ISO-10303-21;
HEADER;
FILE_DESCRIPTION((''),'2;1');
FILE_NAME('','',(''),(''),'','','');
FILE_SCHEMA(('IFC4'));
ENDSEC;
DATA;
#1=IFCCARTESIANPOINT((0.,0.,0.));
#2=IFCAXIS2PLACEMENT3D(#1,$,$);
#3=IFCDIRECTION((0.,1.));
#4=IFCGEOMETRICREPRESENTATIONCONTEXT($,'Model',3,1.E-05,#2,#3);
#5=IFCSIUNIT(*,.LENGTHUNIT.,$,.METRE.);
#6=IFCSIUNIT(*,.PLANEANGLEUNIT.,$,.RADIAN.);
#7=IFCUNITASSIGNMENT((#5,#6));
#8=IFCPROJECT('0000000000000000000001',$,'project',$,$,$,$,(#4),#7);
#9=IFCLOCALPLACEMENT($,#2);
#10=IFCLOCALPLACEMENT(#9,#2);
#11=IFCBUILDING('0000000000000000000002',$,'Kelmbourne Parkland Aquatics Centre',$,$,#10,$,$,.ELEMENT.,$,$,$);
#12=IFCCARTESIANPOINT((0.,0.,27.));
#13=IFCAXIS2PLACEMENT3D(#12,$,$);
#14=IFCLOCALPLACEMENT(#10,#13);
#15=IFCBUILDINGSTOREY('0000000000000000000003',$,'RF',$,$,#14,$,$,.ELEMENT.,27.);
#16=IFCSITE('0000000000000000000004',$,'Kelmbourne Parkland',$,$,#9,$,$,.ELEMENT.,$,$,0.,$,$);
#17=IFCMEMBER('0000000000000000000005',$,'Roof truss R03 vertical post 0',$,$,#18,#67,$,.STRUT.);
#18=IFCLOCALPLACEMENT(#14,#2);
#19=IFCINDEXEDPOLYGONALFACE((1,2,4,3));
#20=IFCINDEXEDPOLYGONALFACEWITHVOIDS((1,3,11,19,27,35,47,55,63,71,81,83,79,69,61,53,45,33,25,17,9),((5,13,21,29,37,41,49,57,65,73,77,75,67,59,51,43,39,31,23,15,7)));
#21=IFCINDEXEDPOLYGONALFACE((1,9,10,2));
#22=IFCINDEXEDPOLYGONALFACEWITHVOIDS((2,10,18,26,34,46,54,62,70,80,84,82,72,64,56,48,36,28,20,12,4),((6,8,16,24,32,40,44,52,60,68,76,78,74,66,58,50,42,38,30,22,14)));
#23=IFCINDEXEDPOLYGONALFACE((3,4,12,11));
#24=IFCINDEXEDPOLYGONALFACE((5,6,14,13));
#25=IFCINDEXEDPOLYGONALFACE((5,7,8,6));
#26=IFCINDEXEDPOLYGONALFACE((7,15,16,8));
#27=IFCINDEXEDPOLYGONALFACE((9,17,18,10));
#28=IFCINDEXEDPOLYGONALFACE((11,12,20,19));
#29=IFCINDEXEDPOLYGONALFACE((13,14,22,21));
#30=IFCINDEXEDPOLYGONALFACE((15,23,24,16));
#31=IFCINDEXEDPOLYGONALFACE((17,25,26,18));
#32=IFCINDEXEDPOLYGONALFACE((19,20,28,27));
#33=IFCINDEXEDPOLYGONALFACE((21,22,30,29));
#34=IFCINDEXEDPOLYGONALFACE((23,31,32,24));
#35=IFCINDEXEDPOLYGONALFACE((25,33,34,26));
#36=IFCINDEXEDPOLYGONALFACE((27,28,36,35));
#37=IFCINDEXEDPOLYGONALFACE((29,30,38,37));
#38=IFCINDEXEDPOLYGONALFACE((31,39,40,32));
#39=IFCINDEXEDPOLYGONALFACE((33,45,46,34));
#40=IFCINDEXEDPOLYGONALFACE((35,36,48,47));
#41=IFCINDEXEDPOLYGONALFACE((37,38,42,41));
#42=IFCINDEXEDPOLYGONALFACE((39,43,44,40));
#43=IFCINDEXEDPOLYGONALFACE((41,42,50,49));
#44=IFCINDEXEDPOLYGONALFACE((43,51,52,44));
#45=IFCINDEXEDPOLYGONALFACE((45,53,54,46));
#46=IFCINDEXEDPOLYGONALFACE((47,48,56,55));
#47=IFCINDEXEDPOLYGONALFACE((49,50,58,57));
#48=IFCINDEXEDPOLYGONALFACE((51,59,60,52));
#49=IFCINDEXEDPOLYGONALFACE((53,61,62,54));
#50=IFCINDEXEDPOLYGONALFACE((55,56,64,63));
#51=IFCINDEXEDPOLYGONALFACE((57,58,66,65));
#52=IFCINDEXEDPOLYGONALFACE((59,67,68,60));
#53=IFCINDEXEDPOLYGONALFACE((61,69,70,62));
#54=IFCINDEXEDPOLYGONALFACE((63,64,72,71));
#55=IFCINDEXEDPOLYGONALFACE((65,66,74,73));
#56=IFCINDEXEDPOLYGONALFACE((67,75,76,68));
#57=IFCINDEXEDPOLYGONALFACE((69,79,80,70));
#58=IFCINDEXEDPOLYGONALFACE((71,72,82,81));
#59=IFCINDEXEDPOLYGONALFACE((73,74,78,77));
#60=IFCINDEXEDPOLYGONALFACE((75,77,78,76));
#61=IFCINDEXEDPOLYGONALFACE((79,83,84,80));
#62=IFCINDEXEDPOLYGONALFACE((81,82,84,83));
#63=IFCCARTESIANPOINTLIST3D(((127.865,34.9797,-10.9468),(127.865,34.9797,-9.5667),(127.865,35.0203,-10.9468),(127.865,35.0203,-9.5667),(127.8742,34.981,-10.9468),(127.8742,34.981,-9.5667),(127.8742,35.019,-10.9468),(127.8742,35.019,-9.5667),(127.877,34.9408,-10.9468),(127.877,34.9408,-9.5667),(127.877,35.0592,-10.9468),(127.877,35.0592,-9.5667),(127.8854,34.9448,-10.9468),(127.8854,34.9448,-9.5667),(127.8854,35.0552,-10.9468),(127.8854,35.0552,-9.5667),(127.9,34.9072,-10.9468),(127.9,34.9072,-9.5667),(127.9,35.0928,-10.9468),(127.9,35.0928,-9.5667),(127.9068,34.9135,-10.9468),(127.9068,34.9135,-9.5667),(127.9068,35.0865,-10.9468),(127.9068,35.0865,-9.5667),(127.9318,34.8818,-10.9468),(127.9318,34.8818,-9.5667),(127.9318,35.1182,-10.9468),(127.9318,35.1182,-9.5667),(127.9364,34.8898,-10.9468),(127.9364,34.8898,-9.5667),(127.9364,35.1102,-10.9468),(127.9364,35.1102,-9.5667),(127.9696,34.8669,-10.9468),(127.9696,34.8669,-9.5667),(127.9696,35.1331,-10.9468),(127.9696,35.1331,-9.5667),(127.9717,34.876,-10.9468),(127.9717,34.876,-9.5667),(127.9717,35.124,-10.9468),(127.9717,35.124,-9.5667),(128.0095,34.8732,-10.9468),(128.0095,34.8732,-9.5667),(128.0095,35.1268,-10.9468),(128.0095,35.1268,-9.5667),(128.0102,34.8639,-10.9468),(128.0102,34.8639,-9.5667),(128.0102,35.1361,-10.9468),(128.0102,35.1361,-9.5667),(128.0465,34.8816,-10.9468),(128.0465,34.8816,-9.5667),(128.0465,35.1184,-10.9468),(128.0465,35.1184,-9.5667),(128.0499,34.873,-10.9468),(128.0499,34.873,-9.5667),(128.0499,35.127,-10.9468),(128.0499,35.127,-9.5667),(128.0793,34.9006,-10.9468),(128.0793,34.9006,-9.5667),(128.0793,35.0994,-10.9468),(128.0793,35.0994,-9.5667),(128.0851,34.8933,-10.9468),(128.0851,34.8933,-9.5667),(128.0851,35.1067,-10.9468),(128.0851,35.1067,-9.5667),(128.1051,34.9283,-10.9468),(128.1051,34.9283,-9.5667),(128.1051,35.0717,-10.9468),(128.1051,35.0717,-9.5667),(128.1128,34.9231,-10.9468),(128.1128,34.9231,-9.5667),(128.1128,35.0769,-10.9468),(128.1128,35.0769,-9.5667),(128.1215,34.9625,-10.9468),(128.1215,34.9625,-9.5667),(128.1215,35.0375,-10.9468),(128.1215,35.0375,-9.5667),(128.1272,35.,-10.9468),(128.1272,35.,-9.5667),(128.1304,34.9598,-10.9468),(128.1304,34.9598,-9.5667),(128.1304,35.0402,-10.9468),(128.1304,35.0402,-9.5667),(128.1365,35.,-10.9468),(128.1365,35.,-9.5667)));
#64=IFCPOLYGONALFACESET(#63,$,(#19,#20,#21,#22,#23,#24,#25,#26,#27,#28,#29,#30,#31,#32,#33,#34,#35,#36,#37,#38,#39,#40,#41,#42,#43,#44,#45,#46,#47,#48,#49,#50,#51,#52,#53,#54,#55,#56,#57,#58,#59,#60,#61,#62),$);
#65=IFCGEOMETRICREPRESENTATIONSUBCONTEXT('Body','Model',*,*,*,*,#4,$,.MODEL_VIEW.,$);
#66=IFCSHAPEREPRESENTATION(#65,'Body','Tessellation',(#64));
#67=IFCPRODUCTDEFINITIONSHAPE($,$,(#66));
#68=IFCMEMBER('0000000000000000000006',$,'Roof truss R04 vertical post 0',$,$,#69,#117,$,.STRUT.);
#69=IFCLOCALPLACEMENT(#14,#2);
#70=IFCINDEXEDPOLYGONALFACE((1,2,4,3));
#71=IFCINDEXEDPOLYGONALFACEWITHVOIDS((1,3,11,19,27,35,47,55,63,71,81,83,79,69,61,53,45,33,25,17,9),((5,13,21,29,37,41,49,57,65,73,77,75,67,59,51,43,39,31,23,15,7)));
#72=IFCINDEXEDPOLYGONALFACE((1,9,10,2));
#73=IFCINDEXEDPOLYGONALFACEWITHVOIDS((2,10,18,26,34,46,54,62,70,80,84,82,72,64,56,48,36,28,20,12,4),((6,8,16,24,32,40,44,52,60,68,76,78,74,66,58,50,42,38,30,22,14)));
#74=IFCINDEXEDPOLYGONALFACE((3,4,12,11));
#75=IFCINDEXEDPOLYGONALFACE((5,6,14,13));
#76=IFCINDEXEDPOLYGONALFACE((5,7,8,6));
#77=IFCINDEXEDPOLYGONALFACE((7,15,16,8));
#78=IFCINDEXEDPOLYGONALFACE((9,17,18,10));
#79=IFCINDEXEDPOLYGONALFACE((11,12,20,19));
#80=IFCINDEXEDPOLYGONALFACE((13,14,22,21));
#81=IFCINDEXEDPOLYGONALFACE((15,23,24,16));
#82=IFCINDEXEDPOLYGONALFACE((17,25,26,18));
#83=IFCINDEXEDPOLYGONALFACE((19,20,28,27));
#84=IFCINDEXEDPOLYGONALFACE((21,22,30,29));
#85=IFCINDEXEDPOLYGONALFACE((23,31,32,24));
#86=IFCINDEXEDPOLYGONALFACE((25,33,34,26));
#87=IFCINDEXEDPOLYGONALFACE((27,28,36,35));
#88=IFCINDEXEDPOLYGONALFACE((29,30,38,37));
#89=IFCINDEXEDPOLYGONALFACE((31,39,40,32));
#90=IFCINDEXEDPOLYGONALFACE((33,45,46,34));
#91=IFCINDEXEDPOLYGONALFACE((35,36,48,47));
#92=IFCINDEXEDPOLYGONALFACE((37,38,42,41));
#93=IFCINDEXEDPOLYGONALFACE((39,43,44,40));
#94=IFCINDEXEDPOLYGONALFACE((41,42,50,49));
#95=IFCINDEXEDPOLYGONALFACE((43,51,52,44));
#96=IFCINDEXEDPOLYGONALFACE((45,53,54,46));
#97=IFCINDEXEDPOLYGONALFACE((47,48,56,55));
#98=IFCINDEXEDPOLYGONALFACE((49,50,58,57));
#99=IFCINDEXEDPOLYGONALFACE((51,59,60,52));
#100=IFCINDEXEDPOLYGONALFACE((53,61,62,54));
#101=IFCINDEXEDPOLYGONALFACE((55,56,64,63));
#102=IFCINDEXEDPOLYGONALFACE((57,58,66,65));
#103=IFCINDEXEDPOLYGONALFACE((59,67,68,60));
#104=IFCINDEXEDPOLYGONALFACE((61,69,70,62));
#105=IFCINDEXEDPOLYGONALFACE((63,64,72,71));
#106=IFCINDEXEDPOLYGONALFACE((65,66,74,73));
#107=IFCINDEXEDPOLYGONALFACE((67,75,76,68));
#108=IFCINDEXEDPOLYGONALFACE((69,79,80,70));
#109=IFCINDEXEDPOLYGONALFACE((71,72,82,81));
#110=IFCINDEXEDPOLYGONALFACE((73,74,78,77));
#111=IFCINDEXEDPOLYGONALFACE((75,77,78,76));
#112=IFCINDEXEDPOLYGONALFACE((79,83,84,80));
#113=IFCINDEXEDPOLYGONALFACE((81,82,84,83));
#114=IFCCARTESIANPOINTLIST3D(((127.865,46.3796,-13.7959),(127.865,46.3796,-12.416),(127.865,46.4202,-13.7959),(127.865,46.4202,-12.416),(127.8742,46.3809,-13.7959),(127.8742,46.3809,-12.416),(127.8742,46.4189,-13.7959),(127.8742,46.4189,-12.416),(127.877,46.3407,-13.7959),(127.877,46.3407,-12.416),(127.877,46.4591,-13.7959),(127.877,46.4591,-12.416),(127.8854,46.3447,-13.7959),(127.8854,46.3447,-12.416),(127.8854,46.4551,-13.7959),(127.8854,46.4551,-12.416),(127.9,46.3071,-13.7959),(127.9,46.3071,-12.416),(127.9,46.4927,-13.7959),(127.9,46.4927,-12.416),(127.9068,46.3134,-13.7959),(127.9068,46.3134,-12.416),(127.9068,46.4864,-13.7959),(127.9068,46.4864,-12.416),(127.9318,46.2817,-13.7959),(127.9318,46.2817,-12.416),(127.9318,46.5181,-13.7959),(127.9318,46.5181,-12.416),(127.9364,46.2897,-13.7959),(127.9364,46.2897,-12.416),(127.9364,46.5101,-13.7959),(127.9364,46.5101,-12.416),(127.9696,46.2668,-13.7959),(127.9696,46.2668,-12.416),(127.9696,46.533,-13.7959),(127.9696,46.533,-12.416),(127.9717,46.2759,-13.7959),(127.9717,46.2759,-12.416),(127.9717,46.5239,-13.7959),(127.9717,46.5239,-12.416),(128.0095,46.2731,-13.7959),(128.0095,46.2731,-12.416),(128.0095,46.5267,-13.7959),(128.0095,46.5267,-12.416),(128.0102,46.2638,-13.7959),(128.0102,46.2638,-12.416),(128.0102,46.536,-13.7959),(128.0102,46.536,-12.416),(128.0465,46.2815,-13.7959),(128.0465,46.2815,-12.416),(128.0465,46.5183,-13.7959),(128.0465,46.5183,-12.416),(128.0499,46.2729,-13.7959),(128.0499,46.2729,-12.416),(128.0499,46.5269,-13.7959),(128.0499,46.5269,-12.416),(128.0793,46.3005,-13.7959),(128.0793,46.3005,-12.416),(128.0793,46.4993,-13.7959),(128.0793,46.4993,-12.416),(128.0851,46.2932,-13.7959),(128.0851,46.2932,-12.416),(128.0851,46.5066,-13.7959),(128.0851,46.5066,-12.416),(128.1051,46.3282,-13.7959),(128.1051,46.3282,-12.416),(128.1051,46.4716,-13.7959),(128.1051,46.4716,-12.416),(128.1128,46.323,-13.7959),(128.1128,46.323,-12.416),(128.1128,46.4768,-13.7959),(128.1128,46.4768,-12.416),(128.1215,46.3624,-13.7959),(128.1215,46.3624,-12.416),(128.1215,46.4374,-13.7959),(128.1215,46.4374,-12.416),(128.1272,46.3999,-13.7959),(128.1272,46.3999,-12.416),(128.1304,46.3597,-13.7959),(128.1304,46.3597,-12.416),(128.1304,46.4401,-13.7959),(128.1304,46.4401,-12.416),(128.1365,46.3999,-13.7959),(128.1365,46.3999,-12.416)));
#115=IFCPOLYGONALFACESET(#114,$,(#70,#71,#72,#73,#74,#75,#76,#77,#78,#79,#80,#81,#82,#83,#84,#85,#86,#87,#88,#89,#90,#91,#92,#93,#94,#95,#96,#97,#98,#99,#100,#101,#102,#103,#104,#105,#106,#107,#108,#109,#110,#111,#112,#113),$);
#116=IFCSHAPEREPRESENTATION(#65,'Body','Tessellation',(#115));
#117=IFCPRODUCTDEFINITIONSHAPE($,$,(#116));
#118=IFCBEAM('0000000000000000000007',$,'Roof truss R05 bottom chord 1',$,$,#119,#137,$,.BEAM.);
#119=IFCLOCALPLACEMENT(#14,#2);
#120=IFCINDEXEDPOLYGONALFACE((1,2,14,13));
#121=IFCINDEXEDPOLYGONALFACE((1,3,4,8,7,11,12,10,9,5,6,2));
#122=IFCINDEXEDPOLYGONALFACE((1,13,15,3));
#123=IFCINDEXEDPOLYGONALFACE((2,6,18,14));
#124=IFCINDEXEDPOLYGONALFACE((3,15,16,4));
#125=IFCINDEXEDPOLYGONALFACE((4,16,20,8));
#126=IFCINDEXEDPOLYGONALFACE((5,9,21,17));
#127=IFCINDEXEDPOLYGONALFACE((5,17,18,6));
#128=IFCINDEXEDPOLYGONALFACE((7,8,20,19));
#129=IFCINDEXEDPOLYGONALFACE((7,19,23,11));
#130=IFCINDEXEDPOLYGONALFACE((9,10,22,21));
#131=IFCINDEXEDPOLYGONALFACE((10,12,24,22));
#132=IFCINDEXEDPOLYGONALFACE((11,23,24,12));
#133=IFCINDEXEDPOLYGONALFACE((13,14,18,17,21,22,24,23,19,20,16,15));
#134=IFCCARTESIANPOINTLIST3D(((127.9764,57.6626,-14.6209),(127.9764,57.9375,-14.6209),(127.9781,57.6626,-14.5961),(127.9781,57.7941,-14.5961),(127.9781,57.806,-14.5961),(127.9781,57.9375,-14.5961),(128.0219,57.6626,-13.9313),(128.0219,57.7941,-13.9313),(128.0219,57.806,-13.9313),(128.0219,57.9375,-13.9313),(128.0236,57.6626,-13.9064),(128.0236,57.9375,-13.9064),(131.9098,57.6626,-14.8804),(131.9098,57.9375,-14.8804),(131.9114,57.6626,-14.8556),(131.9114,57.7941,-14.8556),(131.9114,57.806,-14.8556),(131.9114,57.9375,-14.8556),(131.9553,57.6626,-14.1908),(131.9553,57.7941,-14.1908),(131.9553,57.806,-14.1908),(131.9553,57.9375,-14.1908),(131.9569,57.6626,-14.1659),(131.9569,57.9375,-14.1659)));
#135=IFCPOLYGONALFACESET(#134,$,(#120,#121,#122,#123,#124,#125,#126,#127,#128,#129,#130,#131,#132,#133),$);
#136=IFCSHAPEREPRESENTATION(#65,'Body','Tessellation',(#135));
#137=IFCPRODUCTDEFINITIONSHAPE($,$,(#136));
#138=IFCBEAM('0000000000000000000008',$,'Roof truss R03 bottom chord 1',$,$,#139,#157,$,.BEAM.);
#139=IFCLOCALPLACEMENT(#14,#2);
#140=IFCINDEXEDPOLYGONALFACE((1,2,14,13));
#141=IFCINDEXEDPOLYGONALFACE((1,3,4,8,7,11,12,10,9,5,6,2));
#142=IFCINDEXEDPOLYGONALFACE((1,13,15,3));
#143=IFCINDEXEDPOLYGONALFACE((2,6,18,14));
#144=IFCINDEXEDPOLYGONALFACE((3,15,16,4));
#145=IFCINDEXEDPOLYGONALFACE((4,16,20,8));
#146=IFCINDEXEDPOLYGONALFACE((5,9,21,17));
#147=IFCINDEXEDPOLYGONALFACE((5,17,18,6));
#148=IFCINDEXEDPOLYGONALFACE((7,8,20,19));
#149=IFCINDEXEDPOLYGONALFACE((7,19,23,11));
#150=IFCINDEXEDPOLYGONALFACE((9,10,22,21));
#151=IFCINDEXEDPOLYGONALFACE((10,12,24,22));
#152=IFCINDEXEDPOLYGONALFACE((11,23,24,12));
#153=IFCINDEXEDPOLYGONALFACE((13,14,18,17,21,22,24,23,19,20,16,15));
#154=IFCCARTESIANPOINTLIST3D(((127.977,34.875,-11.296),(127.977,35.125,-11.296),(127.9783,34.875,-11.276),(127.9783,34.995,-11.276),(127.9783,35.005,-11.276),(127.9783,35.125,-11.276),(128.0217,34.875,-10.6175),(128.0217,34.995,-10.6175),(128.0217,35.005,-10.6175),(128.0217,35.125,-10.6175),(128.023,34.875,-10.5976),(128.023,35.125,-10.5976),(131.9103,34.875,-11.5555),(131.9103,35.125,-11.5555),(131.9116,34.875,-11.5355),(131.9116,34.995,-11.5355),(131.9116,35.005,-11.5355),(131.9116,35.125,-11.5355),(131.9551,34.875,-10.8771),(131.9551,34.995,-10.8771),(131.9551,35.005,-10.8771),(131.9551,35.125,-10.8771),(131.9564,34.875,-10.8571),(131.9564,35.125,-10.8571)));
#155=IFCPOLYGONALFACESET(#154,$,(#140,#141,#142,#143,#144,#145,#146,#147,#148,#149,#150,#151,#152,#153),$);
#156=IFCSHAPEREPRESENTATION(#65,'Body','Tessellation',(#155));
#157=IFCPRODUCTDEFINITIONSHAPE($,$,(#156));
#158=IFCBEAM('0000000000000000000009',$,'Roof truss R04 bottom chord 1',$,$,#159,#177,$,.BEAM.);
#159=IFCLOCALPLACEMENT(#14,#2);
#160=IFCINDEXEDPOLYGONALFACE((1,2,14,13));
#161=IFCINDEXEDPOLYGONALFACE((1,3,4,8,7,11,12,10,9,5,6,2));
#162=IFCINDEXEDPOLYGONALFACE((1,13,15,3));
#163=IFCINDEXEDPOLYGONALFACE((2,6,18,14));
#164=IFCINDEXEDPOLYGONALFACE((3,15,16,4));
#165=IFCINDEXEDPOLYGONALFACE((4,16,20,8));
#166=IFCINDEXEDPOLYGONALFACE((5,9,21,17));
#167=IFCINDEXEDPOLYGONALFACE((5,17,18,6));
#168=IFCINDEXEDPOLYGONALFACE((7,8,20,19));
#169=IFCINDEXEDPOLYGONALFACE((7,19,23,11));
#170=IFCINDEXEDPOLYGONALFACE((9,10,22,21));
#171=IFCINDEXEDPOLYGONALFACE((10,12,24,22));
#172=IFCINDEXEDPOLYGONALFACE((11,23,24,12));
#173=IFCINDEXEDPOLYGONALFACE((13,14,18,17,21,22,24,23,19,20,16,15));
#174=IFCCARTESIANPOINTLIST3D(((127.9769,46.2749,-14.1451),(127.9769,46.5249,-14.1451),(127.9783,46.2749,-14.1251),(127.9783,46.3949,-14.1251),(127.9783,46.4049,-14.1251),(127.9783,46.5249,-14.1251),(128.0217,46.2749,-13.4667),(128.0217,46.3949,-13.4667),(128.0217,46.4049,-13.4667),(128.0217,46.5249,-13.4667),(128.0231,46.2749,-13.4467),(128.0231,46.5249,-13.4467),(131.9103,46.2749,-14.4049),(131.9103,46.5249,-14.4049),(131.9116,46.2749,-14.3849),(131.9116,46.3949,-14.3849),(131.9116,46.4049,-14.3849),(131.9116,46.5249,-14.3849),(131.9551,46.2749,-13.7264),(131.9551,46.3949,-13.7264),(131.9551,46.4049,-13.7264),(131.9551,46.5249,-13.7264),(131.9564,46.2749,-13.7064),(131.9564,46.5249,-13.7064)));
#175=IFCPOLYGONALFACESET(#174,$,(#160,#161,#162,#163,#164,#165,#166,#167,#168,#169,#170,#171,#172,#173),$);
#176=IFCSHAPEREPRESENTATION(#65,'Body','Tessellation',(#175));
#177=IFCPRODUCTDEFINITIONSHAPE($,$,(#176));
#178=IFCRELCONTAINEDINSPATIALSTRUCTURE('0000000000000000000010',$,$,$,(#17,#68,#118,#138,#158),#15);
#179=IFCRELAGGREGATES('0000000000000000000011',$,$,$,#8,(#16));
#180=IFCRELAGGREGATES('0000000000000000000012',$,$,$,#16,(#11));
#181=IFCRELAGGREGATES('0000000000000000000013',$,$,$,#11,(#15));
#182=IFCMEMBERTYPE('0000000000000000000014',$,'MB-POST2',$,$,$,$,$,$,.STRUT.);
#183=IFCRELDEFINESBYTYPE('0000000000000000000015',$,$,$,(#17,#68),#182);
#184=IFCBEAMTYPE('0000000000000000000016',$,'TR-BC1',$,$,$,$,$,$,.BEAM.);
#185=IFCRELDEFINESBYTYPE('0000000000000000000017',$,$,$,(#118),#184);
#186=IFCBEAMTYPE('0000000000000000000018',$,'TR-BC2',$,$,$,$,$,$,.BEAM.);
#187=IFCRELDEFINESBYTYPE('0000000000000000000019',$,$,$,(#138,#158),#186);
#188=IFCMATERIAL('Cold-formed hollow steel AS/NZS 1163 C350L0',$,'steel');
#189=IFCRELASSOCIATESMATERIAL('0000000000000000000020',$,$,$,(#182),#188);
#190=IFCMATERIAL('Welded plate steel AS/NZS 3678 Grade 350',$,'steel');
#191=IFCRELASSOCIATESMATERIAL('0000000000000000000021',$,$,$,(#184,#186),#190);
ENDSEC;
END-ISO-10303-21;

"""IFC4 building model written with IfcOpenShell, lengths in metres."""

from ifc_helpers import new_model, si_unit, direction, frame, origin, origin_2d, place, context, subcontext, project, spatial, hollow_circle, i_section, extrude, material, material_profile, profile_set, type_object, element, save


model = new_model("IFC4")

# Units and contexts
model_context = context("Model", 3, precision=1e-05, world=origin(), true_north=direction((0.0, 1.0)))
body_context = subcontext(model_context, "Body", "Model", "MODEL_VIEW")
ifc_project = project(units=[si_unit("LENGTHUNIT", "METRE"), si_unit("PLANEANGLEUNIT", "RADIAN")], contexts=[model_context])

# Site, building, storey
site_placement = place(None, origin())
site = spatial("IfcSite", under=ifc_project, at=site_placement, Name="Kelmbourne Parkland", CompositionType="ELEMENT", RefElevation=0.0)
building_placement = place(site_placement, origin())
building = spatial("IfcBuilding", under=site, at=building_placement, Name="Kelmbourne Parkland Aquatics Centre", CompositionType="ELEMENT")
storey_placement = place(building_placement, frame((0.0, 0.0, 27.0)))
storey = spatial("IfcBuildingStorey", under=building, at=storey_placement, Name="RF", CompositionType="ELEMENT", Elevation=27.0)

# Members
ifc_material_1 = material(Name="Cold-formed hollow steel AS/NZS 1163 C350L0", Category="steel")
ifc_material_profile_1 = material_profile(ifc_material_1, hollow_circle(Radius=0.1365, WallThickness=0.0093, at=origin_2d()), Name="CHS 273.1x9.3")
ifc_profile_set_1 = profile_set([ifc_material_profile_1], Name="Cold-formed hollow steel AS/NZS 1163 C350L0")
member_type_1 = type_object("IfcMemberType", Name="MB-POST2", PredefinedType="STRUT", material=ifc_profile_set_1)
member_1_placement = place(storey_placement, frame((128.0, 35.0, -10.9468), z_axis=(0.0, 0.0, 1.0), x_axis=(1.0, 0.0, 0.0)))
element("IfcMember", 1, at=member_1_placement, inside=storey, type_object=member_type_1, Name="Roof truss R03 vertical post 0", PredefinedType="STRUT", context=body_context, shape_type="SweptSolid", body=[
    extrude(hollow_circle(Radius=0.1365, WallThickness=0.0093, at=origin_2d()), origin(), (0.0, 0.0, 1.0), 1.3801),
])
member_2_placement = place(storey_placement, frame((128.0, 46.3999, -13.7959), z_axis=(0.0, 0.0, 1.0), x_axis=(1.0, 0.0, 0.0)))
element("IfcMember", 2, at=member_2_placement, inside=storey, type_object=member_type_1, Name="Roof truss R04 vertical post 0", PredefinedType="STRUT", context=body_context, shape_type="SweptSolid", body=[
    extrude(hollow_circle(Radius=0.1365, WallThickness=0.0093, at=origin_2d()), origin(), (0.0, 0.0, 1.0), 1.3799),
])

# Beams
ifc_material_2 = material(Name="Welded plate steel AS/NZS 3678 Grade 350", Category="steel")
ifc_material_profile_2 = material_profile(ifc_material_2, i_section(OverallWidth=0.2749, OverallDepth=0.7161, WebThickness=0.012, FlangeThickness=0.0249, at=origin_2d()), Name="700WB173")
ifc_profile_set_2 = profile_set([ifc_material_profile_2], Name="Welded plate steel AS/NZS 3678 Grade 350")
beam_type_1 = type_object("IfcBeamType", Name="TR-BC1", PredefinedType="BEAM", material=ifc_profile_set_2)
beam_1_placement = place(storey_placement, frame((128.0, 57.8, -14.2637), z_axis=(0.99783, 0.0, -0.065837), x_axis=(0.0, 1.0, 0.0)))
element("IfcBeam", 3, at=beam_1_placement, inside=storey, type_object=beam_type_1, Name="Roof truss R05 bottom chord 1", PredefinedType="BEAM", context=body_context, shape_type="SweptSolid", body=[
    extrude(i_section(OverallWidth=0.2749, OverallDepth=0.7161, WebThickness=0.012, FlangeThickness=0.0249, at=origin_2d()), origin(), (0.0, 0.0, 1.0), 3.9419),
])
ifc_material_profile_3 = material_profile(ifc_material_2, i_section(OverallWidth=0.25, OverallDepth=0.7, WebThickness=0.01, FlangeThickness=0.02, at=origin_2d()), Name="700WB130")
ifc_profile_set_3 = profile_set([ifc_material_profile_3], Name="Welded plate steel AS/NZS 3678 Grade 350")
beam_type_2 = type_object("IfcBeamType", Name="TR-BC2", PredefinedType="BEAM", material=ifc_profile_set_3)
for number, where, z_axis, x_axis, name in (
    (4, (128.0, 35.0, -10.9468), (0.99783, 0.0, -0.065837), (0.0, 1.0, 0.0), "Roof truss R03 bottom chord 1"),
    (5, (128.0, 46.3999, -13.7959), (0.997826, 0.0, -0.065898), (0.0, 1.0, 0.0), "Roof truss R04 bottom chord 1"),
):
    element("IfcBeam", number, at=place(storey_placement, frame(where, z_axis=z_axis, x_axis=x_axis)), inside=storey, type_object=beam_type_2, Name=name, PredefinedType="BEAM", context=body_context, shape_type="SweptSolid", body=[
        extrude(i_section(OverallWidth=0.25, OverallDepth=0.7, WebThickness=0.01, FlangeThickness=0.02, at=origin_2d()), origin(), (0.0, 0.0, 1.0), 3.9419),
    ])

save(model, "model.ifc")
